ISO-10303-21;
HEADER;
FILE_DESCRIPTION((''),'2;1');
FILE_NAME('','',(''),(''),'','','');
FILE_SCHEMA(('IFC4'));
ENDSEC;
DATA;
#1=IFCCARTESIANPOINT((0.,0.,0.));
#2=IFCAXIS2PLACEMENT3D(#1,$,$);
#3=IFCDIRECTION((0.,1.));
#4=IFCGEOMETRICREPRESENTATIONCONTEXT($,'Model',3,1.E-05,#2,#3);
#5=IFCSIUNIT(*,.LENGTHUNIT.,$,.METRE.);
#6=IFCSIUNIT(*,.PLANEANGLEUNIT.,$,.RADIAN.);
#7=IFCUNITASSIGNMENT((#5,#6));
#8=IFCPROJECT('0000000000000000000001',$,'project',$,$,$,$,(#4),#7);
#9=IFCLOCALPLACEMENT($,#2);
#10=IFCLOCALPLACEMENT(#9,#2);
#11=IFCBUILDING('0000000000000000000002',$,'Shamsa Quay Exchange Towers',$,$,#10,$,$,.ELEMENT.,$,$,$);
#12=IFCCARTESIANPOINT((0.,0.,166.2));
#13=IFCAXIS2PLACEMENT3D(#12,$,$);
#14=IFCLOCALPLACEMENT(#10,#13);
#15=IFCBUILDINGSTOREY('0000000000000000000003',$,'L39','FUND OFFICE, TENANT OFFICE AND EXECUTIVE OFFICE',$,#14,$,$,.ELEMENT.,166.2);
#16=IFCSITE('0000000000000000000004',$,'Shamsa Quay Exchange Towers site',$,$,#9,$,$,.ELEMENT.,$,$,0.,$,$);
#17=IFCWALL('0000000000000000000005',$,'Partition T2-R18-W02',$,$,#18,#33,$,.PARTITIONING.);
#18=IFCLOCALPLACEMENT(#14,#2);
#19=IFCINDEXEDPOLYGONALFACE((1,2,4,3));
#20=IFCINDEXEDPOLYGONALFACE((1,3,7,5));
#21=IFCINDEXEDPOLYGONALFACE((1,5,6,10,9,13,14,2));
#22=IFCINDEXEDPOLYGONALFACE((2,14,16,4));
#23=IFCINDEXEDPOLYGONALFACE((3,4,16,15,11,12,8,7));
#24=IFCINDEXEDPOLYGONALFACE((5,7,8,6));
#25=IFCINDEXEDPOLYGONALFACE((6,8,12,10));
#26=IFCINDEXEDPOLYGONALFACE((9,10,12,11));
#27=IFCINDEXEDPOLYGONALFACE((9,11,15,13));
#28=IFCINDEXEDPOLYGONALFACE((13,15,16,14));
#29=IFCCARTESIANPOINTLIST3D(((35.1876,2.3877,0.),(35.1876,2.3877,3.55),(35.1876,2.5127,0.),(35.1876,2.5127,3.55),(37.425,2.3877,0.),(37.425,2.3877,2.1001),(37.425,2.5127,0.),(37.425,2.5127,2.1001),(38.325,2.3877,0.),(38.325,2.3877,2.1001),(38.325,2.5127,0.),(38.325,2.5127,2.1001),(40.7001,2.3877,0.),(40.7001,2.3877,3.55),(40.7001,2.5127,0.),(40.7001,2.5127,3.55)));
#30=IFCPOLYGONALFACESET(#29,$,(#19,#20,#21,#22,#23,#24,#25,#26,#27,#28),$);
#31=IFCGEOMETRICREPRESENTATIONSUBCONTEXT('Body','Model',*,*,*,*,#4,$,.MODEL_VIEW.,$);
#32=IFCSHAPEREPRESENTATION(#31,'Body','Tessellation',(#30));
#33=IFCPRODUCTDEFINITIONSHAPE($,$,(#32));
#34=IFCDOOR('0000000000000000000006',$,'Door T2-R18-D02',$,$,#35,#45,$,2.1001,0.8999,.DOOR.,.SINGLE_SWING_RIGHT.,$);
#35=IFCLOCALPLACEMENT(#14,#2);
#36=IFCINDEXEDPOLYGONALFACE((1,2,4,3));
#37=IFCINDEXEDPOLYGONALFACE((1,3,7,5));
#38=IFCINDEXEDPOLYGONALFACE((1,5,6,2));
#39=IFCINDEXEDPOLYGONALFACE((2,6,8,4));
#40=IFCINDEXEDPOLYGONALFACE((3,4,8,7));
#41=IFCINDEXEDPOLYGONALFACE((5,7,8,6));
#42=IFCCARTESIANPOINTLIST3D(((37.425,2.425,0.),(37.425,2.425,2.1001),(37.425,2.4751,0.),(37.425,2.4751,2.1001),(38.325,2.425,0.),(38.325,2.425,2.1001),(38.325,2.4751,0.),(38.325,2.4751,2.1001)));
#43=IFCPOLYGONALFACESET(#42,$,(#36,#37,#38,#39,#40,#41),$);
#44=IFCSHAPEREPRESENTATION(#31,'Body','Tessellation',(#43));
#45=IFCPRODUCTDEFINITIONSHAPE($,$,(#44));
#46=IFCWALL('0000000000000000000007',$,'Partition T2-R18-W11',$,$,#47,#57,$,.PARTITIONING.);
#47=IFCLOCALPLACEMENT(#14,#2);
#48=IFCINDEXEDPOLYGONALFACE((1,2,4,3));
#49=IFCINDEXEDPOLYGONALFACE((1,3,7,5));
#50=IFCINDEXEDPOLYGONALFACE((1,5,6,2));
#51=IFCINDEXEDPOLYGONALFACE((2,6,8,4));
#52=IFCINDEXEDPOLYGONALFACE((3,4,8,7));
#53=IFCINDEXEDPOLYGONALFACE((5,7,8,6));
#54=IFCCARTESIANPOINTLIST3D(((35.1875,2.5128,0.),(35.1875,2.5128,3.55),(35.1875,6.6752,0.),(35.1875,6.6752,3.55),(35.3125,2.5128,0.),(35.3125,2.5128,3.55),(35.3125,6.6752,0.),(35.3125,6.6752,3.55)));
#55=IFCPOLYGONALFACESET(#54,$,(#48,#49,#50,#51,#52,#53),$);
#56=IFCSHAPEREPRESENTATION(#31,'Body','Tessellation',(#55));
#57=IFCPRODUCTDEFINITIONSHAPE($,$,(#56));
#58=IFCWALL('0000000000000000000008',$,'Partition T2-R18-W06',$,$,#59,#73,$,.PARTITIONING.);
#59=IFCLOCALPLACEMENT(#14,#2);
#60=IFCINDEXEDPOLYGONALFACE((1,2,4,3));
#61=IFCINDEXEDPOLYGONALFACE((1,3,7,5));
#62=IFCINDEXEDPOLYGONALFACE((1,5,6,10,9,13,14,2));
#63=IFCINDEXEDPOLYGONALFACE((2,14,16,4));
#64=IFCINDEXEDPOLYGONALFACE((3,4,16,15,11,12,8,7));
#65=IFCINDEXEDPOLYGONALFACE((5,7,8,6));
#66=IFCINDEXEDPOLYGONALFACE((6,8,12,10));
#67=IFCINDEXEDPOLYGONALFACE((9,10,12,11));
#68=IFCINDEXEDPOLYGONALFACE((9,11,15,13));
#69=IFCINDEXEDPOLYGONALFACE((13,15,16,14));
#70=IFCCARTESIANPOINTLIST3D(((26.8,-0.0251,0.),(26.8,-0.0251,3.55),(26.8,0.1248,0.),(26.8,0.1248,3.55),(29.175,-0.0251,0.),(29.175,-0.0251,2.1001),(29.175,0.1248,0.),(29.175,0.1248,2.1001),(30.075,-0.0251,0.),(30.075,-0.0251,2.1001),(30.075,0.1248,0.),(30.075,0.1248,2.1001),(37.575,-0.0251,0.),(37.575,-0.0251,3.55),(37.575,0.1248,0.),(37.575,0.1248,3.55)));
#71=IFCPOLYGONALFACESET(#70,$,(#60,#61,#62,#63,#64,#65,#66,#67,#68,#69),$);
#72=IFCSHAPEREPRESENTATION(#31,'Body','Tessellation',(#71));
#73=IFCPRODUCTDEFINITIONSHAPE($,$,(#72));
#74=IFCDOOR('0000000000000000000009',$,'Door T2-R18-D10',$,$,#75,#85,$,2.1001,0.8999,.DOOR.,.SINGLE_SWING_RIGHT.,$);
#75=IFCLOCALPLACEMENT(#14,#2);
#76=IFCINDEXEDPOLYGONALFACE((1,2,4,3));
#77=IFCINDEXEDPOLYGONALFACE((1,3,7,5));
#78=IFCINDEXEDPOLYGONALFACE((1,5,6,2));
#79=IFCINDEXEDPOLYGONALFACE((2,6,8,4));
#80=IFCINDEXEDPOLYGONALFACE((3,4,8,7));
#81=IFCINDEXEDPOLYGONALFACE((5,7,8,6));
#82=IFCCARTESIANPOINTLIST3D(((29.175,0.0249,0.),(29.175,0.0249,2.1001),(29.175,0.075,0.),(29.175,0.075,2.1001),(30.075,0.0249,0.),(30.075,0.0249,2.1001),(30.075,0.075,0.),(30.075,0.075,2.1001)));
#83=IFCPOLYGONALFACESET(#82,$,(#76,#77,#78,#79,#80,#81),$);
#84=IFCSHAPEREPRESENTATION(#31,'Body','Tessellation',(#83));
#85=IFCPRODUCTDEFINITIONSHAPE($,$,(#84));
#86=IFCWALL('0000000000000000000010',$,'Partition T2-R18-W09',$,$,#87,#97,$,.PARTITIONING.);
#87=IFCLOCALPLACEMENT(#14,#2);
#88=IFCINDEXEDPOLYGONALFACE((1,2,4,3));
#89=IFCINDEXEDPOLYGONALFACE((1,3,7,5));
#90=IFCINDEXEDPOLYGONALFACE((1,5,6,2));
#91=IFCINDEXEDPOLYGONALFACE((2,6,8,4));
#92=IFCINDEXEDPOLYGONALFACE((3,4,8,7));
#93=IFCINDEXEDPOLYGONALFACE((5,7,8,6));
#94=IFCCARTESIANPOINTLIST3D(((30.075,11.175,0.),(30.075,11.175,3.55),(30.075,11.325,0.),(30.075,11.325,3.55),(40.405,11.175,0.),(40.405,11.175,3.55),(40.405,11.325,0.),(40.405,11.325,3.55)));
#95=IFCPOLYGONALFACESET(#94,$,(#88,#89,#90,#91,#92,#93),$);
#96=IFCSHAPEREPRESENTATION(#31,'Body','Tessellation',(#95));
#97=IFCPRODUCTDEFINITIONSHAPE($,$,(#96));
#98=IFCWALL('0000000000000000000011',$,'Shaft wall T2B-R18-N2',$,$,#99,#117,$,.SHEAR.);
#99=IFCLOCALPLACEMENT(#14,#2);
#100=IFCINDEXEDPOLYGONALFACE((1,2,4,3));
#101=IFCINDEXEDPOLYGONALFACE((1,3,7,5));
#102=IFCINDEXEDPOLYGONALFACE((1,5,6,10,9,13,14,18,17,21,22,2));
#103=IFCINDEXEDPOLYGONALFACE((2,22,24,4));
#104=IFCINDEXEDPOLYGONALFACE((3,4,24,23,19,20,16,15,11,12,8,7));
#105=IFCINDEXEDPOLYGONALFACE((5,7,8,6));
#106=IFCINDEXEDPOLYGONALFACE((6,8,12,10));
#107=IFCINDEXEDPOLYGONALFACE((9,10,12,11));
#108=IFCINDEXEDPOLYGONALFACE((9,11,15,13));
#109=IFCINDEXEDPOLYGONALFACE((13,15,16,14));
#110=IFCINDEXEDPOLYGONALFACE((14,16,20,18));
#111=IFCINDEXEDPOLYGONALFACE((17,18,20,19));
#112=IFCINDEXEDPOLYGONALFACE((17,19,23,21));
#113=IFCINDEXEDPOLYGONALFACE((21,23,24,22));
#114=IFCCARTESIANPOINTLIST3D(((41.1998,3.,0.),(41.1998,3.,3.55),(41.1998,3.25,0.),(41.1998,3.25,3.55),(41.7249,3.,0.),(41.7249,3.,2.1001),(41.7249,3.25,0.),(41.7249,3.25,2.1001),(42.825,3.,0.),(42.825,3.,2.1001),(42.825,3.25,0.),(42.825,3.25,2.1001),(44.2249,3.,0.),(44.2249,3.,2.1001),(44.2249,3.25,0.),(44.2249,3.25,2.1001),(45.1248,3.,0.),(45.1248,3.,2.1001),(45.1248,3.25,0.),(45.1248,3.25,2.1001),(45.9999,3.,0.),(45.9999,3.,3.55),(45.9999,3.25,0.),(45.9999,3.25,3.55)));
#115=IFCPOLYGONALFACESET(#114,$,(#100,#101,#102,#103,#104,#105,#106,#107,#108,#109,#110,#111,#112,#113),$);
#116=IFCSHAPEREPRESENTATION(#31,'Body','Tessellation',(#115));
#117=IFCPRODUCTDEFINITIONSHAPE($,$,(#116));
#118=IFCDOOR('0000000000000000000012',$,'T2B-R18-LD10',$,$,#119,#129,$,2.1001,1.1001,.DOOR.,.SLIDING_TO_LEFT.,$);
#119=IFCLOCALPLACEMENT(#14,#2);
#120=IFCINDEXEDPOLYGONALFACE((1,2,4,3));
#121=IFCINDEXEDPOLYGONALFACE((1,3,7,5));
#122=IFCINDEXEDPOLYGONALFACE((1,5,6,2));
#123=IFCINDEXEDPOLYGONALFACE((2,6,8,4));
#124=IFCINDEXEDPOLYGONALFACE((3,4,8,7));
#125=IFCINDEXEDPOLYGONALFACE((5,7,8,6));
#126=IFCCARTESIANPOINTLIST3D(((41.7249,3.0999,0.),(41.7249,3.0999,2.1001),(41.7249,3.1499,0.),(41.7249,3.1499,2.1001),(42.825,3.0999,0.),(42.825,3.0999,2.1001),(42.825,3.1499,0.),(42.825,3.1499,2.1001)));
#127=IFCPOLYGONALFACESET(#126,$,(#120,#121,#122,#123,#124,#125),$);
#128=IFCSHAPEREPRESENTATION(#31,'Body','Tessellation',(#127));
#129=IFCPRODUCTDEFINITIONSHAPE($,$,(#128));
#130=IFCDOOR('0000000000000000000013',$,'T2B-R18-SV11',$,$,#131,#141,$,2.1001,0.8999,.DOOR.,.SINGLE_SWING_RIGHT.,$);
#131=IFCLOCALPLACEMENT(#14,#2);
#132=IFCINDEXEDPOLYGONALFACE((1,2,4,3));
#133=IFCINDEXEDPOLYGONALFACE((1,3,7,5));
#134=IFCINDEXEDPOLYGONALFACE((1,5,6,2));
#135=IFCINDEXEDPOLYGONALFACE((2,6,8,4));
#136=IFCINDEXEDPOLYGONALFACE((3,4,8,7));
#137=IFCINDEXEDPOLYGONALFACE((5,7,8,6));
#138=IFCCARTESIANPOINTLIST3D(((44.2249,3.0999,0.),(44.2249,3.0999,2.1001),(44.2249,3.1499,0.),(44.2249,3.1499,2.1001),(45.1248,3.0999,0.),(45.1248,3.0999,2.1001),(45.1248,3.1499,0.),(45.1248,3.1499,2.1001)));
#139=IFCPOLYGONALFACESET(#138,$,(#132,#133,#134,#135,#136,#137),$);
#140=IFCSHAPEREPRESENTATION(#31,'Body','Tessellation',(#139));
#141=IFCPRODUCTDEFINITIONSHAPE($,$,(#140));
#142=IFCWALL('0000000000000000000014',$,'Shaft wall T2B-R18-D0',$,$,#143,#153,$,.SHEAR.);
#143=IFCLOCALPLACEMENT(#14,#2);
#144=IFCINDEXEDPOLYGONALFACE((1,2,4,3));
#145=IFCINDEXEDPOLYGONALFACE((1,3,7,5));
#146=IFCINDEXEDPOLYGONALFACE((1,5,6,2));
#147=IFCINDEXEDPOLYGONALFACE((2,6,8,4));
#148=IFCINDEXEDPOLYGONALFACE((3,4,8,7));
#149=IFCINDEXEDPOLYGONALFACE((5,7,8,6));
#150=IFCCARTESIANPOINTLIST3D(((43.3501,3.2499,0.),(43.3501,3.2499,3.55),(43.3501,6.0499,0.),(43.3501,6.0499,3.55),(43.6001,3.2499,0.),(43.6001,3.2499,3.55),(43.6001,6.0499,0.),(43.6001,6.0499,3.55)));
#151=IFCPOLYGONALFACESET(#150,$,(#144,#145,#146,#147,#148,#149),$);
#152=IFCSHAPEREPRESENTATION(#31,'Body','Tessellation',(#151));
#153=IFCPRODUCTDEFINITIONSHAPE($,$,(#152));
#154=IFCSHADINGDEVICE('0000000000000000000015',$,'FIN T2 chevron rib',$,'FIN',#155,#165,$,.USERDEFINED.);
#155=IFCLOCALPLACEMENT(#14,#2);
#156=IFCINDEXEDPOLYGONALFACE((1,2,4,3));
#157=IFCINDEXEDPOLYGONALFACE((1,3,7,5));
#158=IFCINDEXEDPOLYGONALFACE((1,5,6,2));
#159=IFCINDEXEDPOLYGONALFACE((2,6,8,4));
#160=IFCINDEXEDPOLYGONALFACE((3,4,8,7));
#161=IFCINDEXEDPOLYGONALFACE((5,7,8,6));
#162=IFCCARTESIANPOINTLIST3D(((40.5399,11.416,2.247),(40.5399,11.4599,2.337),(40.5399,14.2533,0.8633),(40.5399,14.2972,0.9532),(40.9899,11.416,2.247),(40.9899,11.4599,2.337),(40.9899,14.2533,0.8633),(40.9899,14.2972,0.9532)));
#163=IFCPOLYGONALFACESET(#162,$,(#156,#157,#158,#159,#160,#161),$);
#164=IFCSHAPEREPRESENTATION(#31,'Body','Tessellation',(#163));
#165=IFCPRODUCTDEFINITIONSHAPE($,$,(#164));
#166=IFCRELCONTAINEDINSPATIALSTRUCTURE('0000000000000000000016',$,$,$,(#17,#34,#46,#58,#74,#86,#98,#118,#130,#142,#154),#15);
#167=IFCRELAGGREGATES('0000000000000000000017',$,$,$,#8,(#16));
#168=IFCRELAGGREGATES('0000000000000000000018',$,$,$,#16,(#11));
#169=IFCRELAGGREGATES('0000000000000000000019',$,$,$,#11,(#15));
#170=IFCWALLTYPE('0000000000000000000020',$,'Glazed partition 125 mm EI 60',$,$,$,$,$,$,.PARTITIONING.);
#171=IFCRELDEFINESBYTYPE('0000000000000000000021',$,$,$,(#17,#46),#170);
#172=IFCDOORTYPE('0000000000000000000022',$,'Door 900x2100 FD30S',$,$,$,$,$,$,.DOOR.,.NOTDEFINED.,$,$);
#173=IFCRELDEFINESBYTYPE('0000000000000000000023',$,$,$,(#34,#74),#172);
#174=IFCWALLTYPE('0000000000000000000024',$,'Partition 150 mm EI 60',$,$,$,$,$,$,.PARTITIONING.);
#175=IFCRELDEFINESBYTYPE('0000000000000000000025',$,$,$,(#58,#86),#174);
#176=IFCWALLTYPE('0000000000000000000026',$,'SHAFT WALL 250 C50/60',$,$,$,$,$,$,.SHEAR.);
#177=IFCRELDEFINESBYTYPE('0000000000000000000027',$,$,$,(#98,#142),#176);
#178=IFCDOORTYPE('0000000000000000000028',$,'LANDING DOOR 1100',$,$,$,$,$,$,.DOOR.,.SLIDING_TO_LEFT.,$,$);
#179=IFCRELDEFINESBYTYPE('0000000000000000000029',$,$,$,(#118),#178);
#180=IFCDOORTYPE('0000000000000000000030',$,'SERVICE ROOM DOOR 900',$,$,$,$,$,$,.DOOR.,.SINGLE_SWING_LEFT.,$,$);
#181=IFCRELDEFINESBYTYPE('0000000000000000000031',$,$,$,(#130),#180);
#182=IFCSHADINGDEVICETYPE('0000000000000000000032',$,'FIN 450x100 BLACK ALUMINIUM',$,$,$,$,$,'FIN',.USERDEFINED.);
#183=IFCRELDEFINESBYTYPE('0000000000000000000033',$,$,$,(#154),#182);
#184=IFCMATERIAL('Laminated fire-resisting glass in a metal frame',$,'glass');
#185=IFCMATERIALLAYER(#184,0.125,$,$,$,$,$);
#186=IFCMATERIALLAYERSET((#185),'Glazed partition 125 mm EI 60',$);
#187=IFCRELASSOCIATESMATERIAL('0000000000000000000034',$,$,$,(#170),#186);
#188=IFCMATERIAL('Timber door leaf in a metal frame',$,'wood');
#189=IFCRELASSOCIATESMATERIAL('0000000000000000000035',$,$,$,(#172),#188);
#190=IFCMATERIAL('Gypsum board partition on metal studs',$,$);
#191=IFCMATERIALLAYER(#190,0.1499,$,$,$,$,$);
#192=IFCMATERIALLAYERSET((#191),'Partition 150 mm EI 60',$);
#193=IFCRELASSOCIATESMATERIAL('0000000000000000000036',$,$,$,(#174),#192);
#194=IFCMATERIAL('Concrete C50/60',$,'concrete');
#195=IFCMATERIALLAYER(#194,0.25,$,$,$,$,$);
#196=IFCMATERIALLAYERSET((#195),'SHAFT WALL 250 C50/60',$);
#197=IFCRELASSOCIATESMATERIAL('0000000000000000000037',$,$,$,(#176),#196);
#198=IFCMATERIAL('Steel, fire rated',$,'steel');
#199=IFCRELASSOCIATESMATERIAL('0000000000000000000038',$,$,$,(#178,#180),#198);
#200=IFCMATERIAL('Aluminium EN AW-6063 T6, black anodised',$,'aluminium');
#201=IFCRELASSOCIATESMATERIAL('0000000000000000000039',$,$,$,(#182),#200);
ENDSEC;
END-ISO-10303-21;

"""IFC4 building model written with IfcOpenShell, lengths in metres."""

from ifc_helpers import new_model, si_unit, direction, frame, frame_2d, origin, origin_2d, place, context, subcontext, project, spatial, rectangle, extrude, material, layer, layer_set, material_profile, profile_set, type_object, element, fill, save


model = new_model("IFC4")

# Units and contexts
model_context = context("Model", 3, precision=1e-05, world=origin(), true_north=direction((0.0, 1.0)))
body_context = subcontext(model_context, "Body", "Model", "MODEL_VIEW")
ifc_project = project(units=[si_unit("LENGTHUNIT", "METRE"), si_unit("PLANEANGLEUNIT", "RADIAN")], contexts=[model_context])

# Site, building, storey
site_placement = place(None, origin())
site = spatial("IfcSite", under=ifc_project, at=site_placement, Name="Shamsa Quay Exchange Towers site", CompositionType="ELEMENT", RefElevation=0.0)
building_placement = place(site_placement, origin())
building = spatial("IfcBuilding", under=site, at=building_placement, Name="Shamsa Quay Exchange Towers", CompositionType="ELEMENT")
storey_placement = place(building_placement, frame((0.0, 0.0, 166.2)))
storey = spatial("IfcBuildingStorey", under=building, at=storey_placement, Name="L39", Description="FUND OFFICE, TENANT OFFICE AND EXECUTIVE OFFICE", CompositionType="ELEMENT", Elevation=166.2)

# Shared definitions
ifc_material_1 = material(Name="Aluminium EN AW-6063 T6, black anodised", Category="aluminium")

# Wall, opening, door
ifc_material_2 = material(Name="Laminated fire-resisting glass in a metal frame", Category="glass")
ifc_layer_1 = layer(ifc_material_2, 0.125)
ifc_layer_set_1 = layer_set([ifc_layer_1], Name="Glazed partition 125 mm EI 60")
wall_type_1 = type_object("IfcWallType", Name="Glazed partition 125 mm EI 60", PredefinedType="PARTITIONING", material=ifc_layer_set_1)
wall_1_placement = place(storey_placement, frame((35.1875, 2.4502, 0.0)))
wall_1 = element("IfcWall", 1, at=wall_1_placement, inside=storey, type_object=wall_type_1, Name="Partition T2-R18-W02", PredefinedType="PARTITIONING", context=body_context, shape_type="SweptSolid", body=[
    extrude(rectangle(XDim=5.5125, YDim=0.125, at=frame_2d((2.7563, 0.0))), origin(), (0.0, 0.0, 1.0), 3.55),
])
opening_1_placement = place(wall_1_placement, frame((2.2375, 0.0, 0.0)))
opening_1 = element("IfcOpeningElement", 2, at=opening_1_placement, cuts=wall_1, PredefinedType="OPENING", context=body_context, shape_type="SweptSolid", body=[
    extrude(rectangle(XDim=0.8999, YDim=2.1001, at=frame_2d((0.45, 1.05))), frame((0.0, 0.0725, 0.0), z_axis=(0.0, -1.0, 0.0), x_axis=(1.0, 0.0, 0.0)), (0.0, 0.0, 1.0), 0.145),
])
ifc_material_3 = material(Name="Timber door leaf in a metal frame", Category="wood")
door_type_1 = type_object("IfcDoorType", Name="Door 900x2100 FD30S", OperationType="NOTDEFINED", PredefinedType="DOOR", material=ifc_material_3)
door_1_placement = place(opening_1_placement, origin())
door_1 = element("IfcDoor", 3, at=door_1_placement, inside=storey, type_object=door_type_1, Name="Door T2-R18-D02", OperationType="SINGLE_SWING_RIGHT", OverallHeight=2.1001, OverallWidth=0.8999, PredefinedType="DOOR", context=body_context, shape_type="SweptSolid", body=[
    extrude(rectangle(XDim=0.8999, YDim=2.1001, at=frame_2d((0.45, 1.05))), frame((0.0, 0.0249, 0.0), z_axis=(0.0, -1.0, 0.0), x_axis=(1.0, 0.0, 0.0)), (0.0, 0.0, 1.0), 0.05),
])
fill(opening_1, door_1)

# Wall
wall_2_placement = place(storey_placement, frame((35.25, 6.675, 0.0), z_axis=(0.0, 0.0, 1.0), x_axis=(0.0, -1.0, 0.0)))
element("IfcWall", 4, at=wall_2_placement, inside=storey, type_object=wall_type_1, Name="Partition T2-R18-W11", PredefinedType="PARTITIONING", context=body_context, shape_type="SweptSolid", body=[
    extrude(rectangle(XDim=4.1624, YDim=0.125, at=frame_2d((2.0811, 0.0))), origin(), (0.0, 0.0, 1.0), 3.55),
])

# Wall, opening, door
ifc_material_4 = material(Name="Gypsum board partition on metal studs")
ifc_layer_2 = layer(ifc_material_4, 0.1499)
ifc_layer_set_2 = layer_set([ifc_layer_2], Name="Partition 150 mm EI 60")
wall_type_2 = type_object("IfcWallType", Name="Partition 150 mm EI 60", PredefinedType="PARTITIONING", material=ifc_layer_set_2)
wall_3_placement = place(storey_placement, frame((37.575, 0.0498, 0.0), z_axis=(0.0, 0.0, 1.0), x_axis=(-1.0, 0.0, 0.0)))
wall_3 = element("IfcWall", 5, at=wall_3_placement, inside=storey, type_object=wall_type_2, Name="Partition T2-R18-W06", PredefinedType="PARTITIONING", context=body_context, shape_type="SweptSolid", body=[
    extrude(rectangle(XDim=10.7749, YDim=0.1499, at=frame_2d((5.3875, 0.0))), origin(), (0.0, 0.0, 1.0), 3.55),
])
opening_2_placement = place(wall_3_placement, frame((7.5, 0.0, 0.0)))
opening_2 = element("IfcOpeningElement", 6, at=opening_2_placement, cuts=wall_3, PredefinedType="OPENING", context=body_context, shape_type="SweptSolid", body=[
    extrude(rectangle(XDim=0.8999, YDim=2.1001, at=frame_2d((0.45, 1.05))), frame((0.0, 0.085, 0.0), z_axis=(0.0, -1.0, 0.0), x_axis=(1.0, 0.0, 0.0)), (0.0, 0.0, 1.0), 0.1699),
])
door_2_placement = place(opening_2_placement, origin())
door_2 = element("IfcDoor", 7, at=door_2_placement, inside=storey, type_object=door_type_1, Name="Door T2-R18-D10", OperationType="SINGLE_SWING_RIGHT", OverallHeight=2.1001, OverallWidth=0.8999, PredefinedType="DOOR", context=body_context, shape_type="SweptSolid", body=[
    extrude(rectangle(XDim=0.8999, YDim=2.1001, at=frame_2d((0.45, 1.05))), frame((0.0, 0.0249, 0.0), z_axis=(0.0, -1.0, 0.0), x_axis=(1.0, 0.0, 0.0)), (0.0, 0.0, 1.0), 0.05),
])
fill(opening_2, door_2)

# Wall
wall_4_placement = place(storey_placement, frame((40.405, 11.25, 0.0), z_axis=(0.0, 0.0, 1.0), x_axis=(-1.0, 0.0, 0.0)))
element("IfcWall", 8, at=wall_4_placement, inside=storey, type_object=wall_type_2, Name="Partition T2-R18-W09", PredefinedType="PARTITIONING", context=body_context, shape_type="SweptSolid", body=[
    extrude(rectangle(XDim=10.3301, YDim=0.1499, at=frame_2d((5.165, 0.0))), origin(), (0.0, 0.0, 1.0), 3.55),
])

# Wall, openings, doors
ifc_material_5 = material(Name="Concrete C50/60", Category="concrete")
ifc_layer_3 = layer(ifc_material_5, 0.25)
ifc_layer_set_3 = layer_set([ifc_layer_3], Name="SHAFT WALL 250 C50/60")
wall_type_3 = type_object("IfcWallType", Name="SHAFT WALL 250 C50/60", PredefinedType="SHEAR", material=ifc_layer_set_3)
wall_5_placement = place(storey_placement, frame((41.2, 3.125, 0.0)))
wall_5 = element("IfcWall", 9, at=wall_5_placement, inside=storey, type_object=wall_type_3, Name="Shaft wall T2B-R18-N2", PredefinedType="SHEAR", context=body_context, shape_type="SweptSolid", body=[
    extrude(rectangle(XDim=4.8, YDim=0.25, at=frame_2d((2.3999, 0.0))), origin(), (0.0, 0.0, 1.0), 3.55),
])
opening_3_placement = place(wall_5_placement, frame((0.5249, 0.0, 0.0)))
opening_3 = element("IfcOpeningElement", 10, at=opening_3_placement, cuts=wall_5, PredefinedType="OPENING", context=body_context, shape_type="SweptSolid", body=[
    extrude(rectangle(XDim=1.1001, YDim=2.1001, at=frame_2d((0.55, 1.05))), frame((0.0, 0.135, 0.0), z_axis=(0.0, -1.0, 0.0), x_axis=(1.0, 0.0, 0.0)), (0.0, 0.0, 1.0), 0.27),
])
opening_4_placement = place(wall_5_placement, frame((3.0249, 0.0, 0.0)))
opening_4 = element("IfcOpeningElement", 11, at=opening_4_placement, cuts=wall_5, PredefinedType="OPENING", context=body_context, shape_type="SweptSolid", body=[
    extrude(rectangle(XDim=0.8999, YDim=2.1001, at=frame_2d((0.45, 1.05))), frame((0.0, 0.135, 0.0), z_axis=(0.0, -1.0, 0.0), x_axis=(1.0, 0.0, 0.0)), (0.0, 0.0, 1.0), 0.27),
])
ifc_material_6 = material(Name="Steel, fire rated", Category="steel")
door_type_2 = type_object("IfcDoorType", Name="LANDING DOOR 1100", OperationType="SLIDING_TO_LEFT", PredefinedType="DOOR", material=ifc_material_6)
door_3_placement = place(opening_3_placement, origin())
door_3 = element("IfcDoor", 12, at=door_3_placement, inside=storey, type_object=door_type_2, Name="T2B-R18-LD10", OperationType="SLIDING_TO_LEFT", OverallHeight=2.1001, OverallWidth=1.1001, PredefinedType="DOOR", context=body_context, shape_type="SweptSolid", body=[
    extrude(rectangle(XDim=1.1001, YDim=2.1001, at=frame_2d((0.55, 1.05))), frame((0.0, 0.0249, 0.0), z_axis=(0.0, -1.0, 0.0), x_axis=(1.0, 0.0, 0.0)), (0.0, 0.0, 1.0), 0.05),
])
fill(opening_3, door_3)
door_type_3 = type_object("IfcDoorType", Name="SERVICE ROOM DOOR 900", OperationType="SINGLE_SWING_LEFT", PredefinedType="DOOR", material=ifc_material_6)
door_4_placement = place(opening_4_placement, origin())
door_4 = element("IfcDoor", 13, at=door_4_placement, inside=storey, type_object=door_type_3, Name="T2B-R18-SV11", OperationType="SINGLE_SWING_RIGHT", OverallHeight=2.1001, OverallWidth=0.8999, PredefinedType="DOOR", context=body_context, shape_type="SweptSolid", body=[
    extrude(rectangle(XDim=0.8999, YDim=2.1001, at=frame_2d((0.45, 1.05))), frame((0.0, 0.0249, 0.0), z_axis=(0.0, -1.0, 0.0), x_axis=(1.0, 0.0, 0.0)), (0.0, 0.0, 1.0), 0.05),
])
fill(opening_4, door_4)

# Wall
wall_6_placement = place(storey_placement, frame((43.4751, 3.25, 0.0), z_axis=(0.0, 0.0, 1.0), x_axis=(0.0, 1.0, 0.0)))
element("IfcWall", 14, at=wall_6_placement, inside=storey, type_object=wall_type_3, Name="Shaft wall T2B-R18-D0", PredefinedType="SHEAR", context=body_context, shape_type="SweptSolid", body=[
    extrude(rectangle(XDim=2.8, YDim=0.25, at=frame_2d((1.3999, 0.0))), origin(), (0.0, 0.0, 1.0), 3.55),
])

# Shading device
ifc_material_profile_1 = material_profile(ifc_material_1, rectangle(XDim=0.45, YDim=0.1001, at=origin_2d()), Name="FIN450x100")
ifc_profile_set_1 = profile_set([ifc_material_profile_1], Name="Aluminium EN AW-6063 T6, black anodised")
shading_device_type = type_object("IfcShadingDeviceType", Name="FIN 450x100 BLACK ALUMINIUM", ElementType="FIN", PredefinedType="USERDEFINED", material=ifc_profile_set_1)
shading_device_1_placement = place(storey_placement, frame((40.7649, 11.438, 2.292), z_axis=(0.0, 0.898807, -0.438344), x_axis=(-1.0, 0.0, 0.0)))
element("IfcShadingDevice", 15, at=shading_device_1_placement, inside=storey, type_object=shading_device_type, Name="FIN T2 chevron rib", ObjectType="FIN", PredefinedType="USERDEFINED", context=body_context, shape_type="SweptSolid", body=[
    extrude(rectangle(XDim=0.45, YDim=0.1001, at=origin_2d()), origin(), (0.0, 0.0, 1.0), 3.1567),
])

save(model, "model.ifc")
